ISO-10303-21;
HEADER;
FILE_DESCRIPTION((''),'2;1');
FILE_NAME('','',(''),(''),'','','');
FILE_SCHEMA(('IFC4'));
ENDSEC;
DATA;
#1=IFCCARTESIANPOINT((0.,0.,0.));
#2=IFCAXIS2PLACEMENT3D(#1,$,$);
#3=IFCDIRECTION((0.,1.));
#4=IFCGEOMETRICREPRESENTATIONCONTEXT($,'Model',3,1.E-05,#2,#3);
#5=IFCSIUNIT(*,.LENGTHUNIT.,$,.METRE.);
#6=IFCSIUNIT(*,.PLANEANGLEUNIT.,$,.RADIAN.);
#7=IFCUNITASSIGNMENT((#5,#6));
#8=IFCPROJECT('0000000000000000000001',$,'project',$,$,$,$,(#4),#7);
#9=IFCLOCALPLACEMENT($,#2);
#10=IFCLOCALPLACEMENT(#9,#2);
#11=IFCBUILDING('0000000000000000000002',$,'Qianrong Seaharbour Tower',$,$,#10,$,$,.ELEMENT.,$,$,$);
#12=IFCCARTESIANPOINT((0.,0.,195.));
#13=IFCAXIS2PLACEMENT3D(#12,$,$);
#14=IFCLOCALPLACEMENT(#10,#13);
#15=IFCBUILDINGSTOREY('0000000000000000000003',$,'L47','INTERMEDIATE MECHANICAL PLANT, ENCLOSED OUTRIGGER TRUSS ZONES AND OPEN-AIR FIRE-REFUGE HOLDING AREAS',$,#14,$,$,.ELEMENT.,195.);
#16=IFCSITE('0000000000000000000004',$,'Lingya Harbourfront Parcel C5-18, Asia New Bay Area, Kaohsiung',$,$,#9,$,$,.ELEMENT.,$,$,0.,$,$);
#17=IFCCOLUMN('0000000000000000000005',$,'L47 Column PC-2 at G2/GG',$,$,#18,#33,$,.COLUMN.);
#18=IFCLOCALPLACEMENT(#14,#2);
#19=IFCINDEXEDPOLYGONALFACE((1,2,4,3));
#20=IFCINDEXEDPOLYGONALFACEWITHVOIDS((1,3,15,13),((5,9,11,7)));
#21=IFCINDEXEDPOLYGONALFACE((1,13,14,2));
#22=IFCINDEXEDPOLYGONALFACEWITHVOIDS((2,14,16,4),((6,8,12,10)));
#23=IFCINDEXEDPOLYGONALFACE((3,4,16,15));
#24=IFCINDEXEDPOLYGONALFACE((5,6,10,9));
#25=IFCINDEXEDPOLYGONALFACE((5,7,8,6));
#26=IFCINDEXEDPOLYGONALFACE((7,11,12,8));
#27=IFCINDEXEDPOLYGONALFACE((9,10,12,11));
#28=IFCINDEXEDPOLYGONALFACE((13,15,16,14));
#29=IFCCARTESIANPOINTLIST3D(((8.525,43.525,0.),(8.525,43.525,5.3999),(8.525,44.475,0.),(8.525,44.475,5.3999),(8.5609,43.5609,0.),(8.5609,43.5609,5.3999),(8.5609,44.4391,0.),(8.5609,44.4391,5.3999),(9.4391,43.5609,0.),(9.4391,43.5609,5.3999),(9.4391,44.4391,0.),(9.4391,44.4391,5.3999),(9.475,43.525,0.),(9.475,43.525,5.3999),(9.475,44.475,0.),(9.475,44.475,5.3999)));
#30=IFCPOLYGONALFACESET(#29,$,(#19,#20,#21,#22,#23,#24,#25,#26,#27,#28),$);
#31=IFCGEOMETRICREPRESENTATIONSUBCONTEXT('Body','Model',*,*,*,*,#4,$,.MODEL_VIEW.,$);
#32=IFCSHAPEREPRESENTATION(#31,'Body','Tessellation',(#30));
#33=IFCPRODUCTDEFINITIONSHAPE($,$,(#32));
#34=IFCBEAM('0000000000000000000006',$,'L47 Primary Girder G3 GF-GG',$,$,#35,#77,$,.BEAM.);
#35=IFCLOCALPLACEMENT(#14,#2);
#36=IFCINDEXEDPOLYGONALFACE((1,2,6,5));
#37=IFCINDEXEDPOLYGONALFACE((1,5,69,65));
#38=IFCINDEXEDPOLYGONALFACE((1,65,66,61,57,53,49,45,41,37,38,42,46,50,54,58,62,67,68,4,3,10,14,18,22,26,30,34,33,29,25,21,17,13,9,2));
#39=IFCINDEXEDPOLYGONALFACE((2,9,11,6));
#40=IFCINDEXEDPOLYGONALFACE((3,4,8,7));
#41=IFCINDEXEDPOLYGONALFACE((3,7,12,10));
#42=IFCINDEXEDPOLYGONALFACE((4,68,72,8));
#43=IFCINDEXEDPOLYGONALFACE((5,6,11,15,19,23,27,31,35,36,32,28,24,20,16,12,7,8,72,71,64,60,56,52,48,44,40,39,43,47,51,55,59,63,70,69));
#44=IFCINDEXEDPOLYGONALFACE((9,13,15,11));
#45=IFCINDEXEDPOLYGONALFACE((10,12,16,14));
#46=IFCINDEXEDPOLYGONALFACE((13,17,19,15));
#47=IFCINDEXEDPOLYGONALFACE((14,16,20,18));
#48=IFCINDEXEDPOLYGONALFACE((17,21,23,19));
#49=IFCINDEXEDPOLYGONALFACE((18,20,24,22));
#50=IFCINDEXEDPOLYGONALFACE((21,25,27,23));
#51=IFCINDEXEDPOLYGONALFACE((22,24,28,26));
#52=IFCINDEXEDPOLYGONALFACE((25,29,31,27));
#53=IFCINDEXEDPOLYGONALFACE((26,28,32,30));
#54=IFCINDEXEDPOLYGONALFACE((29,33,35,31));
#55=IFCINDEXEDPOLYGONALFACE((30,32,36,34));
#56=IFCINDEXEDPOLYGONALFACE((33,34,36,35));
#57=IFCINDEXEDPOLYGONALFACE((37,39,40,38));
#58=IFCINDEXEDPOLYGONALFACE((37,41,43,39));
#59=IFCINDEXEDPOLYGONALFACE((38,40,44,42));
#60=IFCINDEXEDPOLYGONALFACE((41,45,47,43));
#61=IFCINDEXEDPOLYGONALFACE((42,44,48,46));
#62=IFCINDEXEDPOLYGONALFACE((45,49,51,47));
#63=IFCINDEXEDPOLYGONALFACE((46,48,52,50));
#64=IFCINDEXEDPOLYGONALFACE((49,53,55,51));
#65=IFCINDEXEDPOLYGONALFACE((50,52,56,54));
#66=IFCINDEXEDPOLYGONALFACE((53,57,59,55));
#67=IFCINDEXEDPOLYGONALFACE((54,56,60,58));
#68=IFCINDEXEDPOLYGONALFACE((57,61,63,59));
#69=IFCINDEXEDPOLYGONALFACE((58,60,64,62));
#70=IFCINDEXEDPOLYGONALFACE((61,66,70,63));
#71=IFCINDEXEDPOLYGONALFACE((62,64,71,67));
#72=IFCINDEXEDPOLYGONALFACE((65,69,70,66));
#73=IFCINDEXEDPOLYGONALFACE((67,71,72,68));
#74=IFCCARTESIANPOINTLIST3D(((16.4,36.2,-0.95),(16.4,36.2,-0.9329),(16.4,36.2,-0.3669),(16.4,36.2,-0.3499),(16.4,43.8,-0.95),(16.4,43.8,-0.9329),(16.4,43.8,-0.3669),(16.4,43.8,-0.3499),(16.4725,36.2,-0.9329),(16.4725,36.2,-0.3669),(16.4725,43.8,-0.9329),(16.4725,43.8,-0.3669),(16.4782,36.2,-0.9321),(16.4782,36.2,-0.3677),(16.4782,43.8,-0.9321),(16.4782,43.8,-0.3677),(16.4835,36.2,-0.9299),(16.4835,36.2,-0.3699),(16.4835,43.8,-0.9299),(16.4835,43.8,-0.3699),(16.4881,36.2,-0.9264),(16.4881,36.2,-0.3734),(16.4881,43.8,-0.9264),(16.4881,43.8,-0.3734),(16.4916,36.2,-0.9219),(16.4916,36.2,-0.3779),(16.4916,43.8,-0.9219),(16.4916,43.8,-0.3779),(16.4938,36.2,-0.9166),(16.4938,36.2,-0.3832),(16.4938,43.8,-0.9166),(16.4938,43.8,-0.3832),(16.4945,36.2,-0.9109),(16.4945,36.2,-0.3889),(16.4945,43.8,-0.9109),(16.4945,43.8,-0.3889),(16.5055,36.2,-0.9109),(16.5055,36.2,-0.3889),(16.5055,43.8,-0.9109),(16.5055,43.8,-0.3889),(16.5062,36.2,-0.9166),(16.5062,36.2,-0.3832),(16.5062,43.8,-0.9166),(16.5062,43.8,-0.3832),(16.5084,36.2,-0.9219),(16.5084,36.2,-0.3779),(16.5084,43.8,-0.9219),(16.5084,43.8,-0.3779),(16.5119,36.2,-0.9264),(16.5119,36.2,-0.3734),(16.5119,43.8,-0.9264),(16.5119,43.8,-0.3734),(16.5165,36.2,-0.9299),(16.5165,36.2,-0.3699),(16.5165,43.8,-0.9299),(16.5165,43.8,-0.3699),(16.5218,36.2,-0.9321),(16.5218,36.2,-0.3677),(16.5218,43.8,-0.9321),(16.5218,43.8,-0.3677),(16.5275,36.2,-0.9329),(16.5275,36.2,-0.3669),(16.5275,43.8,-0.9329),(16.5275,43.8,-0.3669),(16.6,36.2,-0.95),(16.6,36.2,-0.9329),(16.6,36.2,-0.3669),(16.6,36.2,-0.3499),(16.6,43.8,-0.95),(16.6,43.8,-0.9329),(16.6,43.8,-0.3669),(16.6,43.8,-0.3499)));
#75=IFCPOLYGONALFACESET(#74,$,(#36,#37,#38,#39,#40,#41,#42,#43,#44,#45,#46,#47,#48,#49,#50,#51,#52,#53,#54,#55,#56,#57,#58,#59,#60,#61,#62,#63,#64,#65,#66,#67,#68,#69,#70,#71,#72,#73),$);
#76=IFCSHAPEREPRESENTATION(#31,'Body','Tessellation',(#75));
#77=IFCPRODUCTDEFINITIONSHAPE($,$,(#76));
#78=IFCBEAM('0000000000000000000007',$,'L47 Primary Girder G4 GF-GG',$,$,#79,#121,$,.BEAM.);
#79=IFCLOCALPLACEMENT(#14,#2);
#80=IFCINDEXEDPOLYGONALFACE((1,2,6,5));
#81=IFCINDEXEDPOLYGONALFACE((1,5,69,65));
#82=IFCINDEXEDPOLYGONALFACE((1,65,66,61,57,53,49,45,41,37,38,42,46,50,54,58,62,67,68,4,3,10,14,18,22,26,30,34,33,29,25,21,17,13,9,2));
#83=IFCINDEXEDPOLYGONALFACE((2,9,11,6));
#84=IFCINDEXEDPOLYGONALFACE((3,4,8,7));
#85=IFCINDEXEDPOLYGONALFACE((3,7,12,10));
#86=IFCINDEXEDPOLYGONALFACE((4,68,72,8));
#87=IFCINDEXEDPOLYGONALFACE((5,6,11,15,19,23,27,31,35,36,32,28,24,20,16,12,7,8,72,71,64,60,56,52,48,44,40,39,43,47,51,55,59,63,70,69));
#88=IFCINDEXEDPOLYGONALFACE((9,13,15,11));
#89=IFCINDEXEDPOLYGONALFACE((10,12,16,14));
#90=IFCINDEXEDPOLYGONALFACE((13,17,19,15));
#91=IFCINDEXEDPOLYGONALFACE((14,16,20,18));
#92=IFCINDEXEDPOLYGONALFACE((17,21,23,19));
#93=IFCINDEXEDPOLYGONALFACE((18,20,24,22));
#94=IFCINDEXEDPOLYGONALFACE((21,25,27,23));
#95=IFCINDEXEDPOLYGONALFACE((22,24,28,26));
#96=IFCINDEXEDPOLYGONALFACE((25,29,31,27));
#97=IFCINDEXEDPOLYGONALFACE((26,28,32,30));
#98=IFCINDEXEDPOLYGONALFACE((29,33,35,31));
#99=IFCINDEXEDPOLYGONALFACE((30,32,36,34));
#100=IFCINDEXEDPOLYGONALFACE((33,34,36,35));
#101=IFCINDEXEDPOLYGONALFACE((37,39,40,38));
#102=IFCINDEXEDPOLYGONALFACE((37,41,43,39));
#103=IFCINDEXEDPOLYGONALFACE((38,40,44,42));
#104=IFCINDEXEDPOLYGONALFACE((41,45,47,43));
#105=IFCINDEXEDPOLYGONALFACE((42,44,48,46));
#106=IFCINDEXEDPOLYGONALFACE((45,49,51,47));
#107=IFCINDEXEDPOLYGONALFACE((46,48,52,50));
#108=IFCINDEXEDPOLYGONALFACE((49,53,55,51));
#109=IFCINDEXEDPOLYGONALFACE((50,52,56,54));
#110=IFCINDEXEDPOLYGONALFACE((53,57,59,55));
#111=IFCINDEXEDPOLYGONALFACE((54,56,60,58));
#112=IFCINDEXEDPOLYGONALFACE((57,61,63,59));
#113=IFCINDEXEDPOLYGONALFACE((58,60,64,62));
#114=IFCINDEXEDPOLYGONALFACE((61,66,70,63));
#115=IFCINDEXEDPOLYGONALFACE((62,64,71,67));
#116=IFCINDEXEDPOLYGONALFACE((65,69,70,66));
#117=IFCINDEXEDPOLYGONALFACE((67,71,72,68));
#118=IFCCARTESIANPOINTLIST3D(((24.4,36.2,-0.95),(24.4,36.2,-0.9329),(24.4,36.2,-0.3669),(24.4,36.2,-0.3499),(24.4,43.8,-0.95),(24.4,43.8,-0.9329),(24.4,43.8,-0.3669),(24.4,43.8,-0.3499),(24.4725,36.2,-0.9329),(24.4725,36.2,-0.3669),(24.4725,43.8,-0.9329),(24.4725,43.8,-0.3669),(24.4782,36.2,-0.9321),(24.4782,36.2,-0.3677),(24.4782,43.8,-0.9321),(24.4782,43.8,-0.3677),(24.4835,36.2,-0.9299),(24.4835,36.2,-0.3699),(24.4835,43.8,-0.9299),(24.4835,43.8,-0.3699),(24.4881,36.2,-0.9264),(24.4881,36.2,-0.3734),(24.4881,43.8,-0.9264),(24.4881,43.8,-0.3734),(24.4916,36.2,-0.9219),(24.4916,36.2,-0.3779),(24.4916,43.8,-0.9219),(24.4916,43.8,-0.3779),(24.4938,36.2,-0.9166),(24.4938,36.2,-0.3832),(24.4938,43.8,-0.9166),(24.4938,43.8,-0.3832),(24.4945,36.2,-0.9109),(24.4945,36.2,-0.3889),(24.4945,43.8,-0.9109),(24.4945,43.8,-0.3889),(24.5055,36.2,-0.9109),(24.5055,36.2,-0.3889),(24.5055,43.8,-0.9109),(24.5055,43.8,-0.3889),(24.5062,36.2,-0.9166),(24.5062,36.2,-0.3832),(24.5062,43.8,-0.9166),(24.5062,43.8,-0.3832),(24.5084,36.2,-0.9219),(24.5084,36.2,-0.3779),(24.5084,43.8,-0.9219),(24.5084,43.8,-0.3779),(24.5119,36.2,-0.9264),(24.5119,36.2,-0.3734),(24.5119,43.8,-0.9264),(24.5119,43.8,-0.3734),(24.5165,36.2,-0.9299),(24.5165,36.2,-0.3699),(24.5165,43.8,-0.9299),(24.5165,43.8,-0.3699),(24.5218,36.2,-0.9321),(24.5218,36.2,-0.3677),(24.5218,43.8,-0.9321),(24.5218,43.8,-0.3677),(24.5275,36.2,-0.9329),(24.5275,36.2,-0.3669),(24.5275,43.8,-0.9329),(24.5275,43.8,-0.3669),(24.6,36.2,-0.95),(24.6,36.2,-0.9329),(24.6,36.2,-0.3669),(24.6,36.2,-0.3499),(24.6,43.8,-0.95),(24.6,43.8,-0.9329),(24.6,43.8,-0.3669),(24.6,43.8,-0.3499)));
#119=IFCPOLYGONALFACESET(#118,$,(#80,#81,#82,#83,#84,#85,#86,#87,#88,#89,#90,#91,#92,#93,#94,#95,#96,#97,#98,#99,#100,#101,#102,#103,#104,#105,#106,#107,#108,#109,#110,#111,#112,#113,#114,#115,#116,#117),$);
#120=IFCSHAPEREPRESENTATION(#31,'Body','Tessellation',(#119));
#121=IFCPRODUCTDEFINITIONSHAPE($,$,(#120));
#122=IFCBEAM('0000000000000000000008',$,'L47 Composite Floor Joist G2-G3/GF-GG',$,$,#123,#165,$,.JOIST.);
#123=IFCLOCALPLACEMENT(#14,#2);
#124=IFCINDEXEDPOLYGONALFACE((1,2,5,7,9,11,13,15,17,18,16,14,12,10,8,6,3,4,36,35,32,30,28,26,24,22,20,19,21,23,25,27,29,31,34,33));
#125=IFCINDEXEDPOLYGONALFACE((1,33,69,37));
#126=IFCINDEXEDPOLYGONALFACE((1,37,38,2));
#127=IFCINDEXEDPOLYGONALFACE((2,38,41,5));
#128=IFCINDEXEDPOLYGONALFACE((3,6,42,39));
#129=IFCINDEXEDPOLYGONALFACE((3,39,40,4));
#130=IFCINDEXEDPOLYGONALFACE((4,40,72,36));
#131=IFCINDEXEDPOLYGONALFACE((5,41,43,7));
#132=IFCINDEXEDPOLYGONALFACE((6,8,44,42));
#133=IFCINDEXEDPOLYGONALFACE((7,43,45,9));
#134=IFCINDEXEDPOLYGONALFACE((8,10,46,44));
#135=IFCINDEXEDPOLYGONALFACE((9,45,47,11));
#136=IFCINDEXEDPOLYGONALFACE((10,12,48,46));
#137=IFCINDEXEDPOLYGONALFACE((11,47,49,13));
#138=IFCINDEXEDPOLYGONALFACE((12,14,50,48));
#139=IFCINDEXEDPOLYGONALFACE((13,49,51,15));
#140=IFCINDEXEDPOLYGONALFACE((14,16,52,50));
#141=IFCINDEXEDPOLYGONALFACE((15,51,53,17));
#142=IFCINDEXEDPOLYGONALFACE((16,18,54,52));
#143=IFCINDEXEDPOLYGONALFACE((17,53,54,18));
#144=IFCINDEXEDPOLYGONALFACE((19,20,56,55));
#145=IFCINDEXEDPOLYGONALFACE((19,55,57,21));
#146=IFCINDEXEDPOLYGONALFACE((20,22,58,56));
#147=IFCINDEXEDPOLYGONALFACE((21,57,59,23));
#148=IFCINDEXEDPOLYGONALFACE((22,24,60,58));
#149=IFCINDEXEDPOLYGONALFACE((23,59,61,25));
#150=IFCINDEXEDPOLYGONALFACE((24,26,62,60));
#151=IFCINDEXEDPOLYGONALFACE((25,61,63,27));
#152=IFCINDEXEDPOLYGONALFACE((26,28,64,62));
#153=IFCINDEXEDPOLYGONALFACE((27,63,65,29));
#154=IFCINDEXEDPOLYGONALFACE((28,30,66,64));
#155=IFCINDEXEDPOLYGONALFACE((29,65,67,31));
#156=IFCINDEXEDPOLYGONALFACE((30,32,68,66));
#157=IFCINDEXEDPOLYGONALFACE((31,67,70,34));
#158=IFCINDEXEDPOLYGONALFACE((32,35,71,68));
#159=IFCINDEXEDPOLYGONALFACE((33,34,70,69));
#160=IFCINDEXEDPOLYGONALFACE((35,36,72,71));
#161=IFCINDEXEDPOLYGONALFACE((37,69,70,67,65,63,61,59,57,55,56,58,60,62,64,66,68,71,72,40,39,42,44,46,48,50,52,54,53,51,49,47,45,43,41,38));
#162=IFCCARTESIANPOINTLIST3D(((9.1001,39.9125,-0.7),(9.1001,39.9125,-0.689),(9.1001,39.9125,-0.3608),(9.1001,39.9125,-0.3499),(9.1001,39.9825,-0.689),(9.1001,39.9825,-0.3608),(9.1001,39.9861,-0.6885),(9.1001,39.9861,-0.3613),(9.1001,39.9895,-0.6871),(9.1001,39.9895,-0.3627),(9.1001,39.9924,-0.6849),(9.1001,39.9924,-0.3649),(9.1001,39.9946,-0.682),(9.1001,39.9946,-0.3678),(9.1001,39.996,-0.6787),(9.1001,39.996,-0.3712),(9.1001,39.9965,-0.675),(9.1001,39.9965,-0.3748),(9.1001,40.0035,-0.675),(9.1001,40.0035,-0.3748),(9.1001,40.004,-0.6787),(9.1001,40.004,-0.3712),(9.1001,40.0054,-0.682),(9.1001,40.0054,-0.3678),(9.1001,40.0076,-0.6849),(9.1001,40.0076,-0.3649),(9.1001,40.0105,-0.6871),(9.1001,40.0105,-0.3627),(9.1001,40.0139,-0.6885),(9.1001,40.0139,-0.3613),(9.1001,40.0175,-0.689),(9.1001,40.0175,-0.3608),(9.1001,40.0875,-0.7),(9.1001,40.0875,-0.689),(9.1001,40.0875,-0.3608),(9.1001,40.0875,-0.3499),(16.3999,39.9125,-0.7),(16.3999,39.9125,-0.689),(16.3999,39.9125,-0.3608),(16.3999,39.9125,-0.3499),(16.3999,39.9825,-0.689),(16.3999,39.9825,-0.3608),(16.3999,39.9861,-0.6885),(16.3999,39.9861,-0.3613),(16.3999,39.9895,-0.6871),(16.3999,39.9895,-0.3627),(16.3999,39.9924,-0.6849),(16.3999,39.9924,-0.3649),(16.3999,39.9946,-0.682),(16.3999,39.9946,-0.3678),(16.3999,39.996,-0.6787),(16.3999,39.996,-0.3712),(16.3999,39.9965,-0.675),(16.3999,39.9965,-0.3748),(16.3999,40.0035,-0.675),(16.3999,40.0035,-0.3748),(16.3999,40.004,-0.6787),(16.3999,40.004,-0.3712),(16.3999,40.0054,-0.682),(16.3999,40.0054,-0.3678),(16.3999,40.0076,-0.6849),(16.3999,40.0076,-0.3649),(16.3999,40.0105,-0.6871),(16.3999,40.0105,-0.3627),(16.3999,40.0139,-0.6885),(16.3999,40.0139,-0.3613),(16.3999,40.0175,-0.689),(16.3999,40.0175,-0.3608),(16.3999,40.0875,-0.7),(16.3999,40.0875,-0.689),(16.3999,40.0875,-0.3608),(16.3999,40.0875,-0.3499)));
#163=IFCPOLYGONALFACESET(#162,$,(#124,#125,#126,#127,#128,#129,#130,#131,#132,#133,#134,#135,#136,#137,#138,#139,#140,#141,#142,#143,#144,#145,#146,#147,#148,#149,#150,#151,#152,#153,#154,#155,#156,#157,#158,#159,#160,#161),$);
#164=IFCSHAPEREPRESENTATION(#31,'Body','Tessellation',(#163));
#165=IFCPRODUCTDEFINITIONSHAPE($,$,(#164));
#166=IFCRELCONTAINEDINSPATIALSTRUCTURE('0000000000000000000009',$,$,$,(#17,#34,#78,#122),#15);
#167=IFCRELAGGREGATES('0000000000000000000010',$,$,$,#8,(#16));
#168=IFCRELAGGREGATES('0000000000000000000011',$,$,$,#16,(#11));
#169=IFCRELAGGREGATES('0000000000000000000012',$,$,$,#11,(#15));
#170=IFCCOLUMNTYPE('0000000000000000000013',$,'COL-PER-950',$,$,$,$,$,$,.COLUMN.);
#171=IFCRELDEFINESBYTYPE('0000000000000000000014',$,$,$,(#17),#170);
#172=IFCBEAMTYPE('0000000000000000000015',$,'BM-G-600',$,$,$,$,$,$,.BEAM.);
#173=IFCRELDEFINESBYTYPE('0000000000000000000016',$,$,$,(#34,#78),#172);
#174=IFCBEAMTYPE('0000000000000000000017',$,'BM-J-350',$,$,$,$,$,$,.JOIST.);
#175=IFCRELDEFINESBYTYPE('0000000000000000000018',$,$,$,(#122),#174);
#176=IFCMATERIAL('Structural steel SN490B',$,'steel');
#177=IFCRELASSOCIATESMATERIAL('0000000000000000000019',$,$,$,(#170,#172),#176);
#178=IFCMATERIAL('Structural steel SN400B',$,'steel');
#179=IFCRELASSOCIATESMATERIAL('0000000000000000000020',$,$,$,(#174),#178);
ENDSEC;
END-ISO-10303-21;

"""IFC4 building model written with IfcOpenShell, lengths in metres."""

from ifc_helpers import new_model, si_unit, direction, frame, origin, origin_2d, place, context, subcontext, project, spatial, hollow_rectangle, i_section, extrude, material, material_profile, profile_set, type_object, element, save


model = new_model("IFC4")

# Units and contexts
model_context = context("Model", 3, precision=1e-05, world=origin(), true_north=direction((0.0, 1.0)))
body_context = subcontext(model_context, "Body", "Model", "MODEL_VIEW")
ifc_project = project(units=[si_unit("LENGTHUNIT", "METRE"), si_unit("PLANEANGLEUNIT", "RADIAN")], contexts=[model_context])

# Site, building, storey
site_placement = place(None, origin())
site = spatial("IfcSite", under=ifc_project, at=site_placement, Name="Lingya Harbourfront Parcel C5-18, Asia New Bay Area, Kaohsiung", CompositionType="ELEMENT", RefElevation=0.0)
building_placement = place(site_placement, origin())
building = spatial("IfcBuilding", under=site, at=building_placement, Name="Qianrong Seaharbour Tower", CompositionType="ELEMENT")
storey_placement = place(building_placement, frame((0.0, 0.0, 195.0)))
storey = spatial("IfcBuildingStorey", under=building, at=storey_placement, Name="L47", Description="INTERMEDIATE MECHANICAL PLANT, ENCLOSED OUTRIGGER TRUSS ZONES AND OPEN-AIR FIRE-REFUGE HOLDING AREAS", CompositionType="ELEMENT", Elevation=195.0)

# Column
ifc_material_1 = material(Name="Structural steel SN490B", Category="steel")
ifc_material_profile_1 = material_profile(ifc_material_1, hollow_rectangle(XDim=0.95, YDim=0.95, WallThickness=0.0359, at=origin_2d()), Name="BOX950x950x36")
ifc_profile_set_1 = profile_set([ifc_material_profile_1], Name="Structural steel SN490B")
column_type = type_object("IfcColumnType", Name="COL-PER-950", PredefinedType="COLUMN", material=ifc_profile_set_1)
column_placement = place(storey_placement, frame((9.0, 44.0, 0.0), z_axis=(0.0, 0.0, 1.0), x_axis=(1.0, 0.0, 0.0)))
element("IfcColumn", 1, at=column_placement, inside=storey, type_object=column_type, Name="L47 Column PC-2 at G2/GG", PredefinedType="COLUMN", context=body_context, shape_type="SweptSolid", body=[
    extrude(hollow_rectangle(XDim=0.95, YDim=0.95, WallThickness=0.0359, at=origin_2d()), origin(), (0.0, 0.0, 1.0), 5.3999),
])

# Beams
ifc_material_profile_2 = material_profile(ifc_material_1, i_section(OverallWidth=0.2, OverallDepth=0.6001, WebThickness=0.011, FlangeThickness=0.0171, FilletRadius=0.022, at=origin_2d()), Name="H600x200x11x17")
ifc_profile_set_2 = profile_set([ifc_material_profile_2], Name="Structural steel SN490B")
beam_type_1 = type_object("IfcBeamType", Name="BM-G-600", PredefinedType="BEAM", material=ifc_profile_set_2)
for number, where, z_axis, x_axis, name in (
    (2, (16.5, 36.2, -0.6499), (0.0, 1.0, 0.0), (-1.0, 0.0, 0.0), "L47 Primary Girder G3 GF-GG"),
    (3, (24.5, 36.2, -0.6499), (0.0, 1.0, 0.0), (-1.0, 0.0, 0.0), "L47 Primary Girder G4 GF-GG"),
):
    element("IfcBeam", number, at=place(storey_placement, frame(where, z_axis=z_axis, x_axis=x_axis)), inside=storey, type_object=beam_type_1, Name=name, PredefinedType="BEAM", context=body_context, shape_type="SweptSolid", body=[
        extrude(i_section(OverallWidth=0.2, OverallDepth=0.6001, WebThickness=0.011, FlangeThickness=0.0171, FilletRadius=0.022, at=origin_2d()), origin(), (0.0, 0.0, 1.0), 7.6001),
    ])
ifc_material_2 = material(Name="Structural steel SN400B", Category="steel")
ifc_material_profile_3 = material_profile(ifc_material_2, i_section(OverallWidth=0.175, OverallDepth=0.3501, WebThickness=0.0071, FlangeThickness=0.011, FilletRadius=0.0139, at=origin_2d()), Name="H350x175x7x11")
ifc_profile_set_3 = profile_set([ifc_material_profile_3], Name="Structural steel SN400B")
beam_type_2 = type_object("IfcBeamType", Name="BM-J-350", PredefinedType="JOIST", material=ifc_profile_set_3)
beam_1_placement = place(storey_placement, frame((9.1001, 40.0, -0.5249), z_axis=(1.0, 0.0, 0.0), x_axis=(0.0, 1.0, 0.0)))
element("IfcBeam", 4, at=beam_1_placement, inside=storey, type_object=beam_type_2, Name="L47 Composite Floor Joist G2-G3/GF-GG", PredefinedType="JOIST", context=body_context, shape_type="SweptSolid", body=[
    extrude(i_section(OverallWidth=0.175, OverallDepth=0.3501, WebThickness=0.0071, FlangeThickness=0.011, FilletRadius=0.0139, at=origin_2d()), origin(), (0.0, 0.0, 1.0), 7.2998),
])

save(model, "model.ifc")
